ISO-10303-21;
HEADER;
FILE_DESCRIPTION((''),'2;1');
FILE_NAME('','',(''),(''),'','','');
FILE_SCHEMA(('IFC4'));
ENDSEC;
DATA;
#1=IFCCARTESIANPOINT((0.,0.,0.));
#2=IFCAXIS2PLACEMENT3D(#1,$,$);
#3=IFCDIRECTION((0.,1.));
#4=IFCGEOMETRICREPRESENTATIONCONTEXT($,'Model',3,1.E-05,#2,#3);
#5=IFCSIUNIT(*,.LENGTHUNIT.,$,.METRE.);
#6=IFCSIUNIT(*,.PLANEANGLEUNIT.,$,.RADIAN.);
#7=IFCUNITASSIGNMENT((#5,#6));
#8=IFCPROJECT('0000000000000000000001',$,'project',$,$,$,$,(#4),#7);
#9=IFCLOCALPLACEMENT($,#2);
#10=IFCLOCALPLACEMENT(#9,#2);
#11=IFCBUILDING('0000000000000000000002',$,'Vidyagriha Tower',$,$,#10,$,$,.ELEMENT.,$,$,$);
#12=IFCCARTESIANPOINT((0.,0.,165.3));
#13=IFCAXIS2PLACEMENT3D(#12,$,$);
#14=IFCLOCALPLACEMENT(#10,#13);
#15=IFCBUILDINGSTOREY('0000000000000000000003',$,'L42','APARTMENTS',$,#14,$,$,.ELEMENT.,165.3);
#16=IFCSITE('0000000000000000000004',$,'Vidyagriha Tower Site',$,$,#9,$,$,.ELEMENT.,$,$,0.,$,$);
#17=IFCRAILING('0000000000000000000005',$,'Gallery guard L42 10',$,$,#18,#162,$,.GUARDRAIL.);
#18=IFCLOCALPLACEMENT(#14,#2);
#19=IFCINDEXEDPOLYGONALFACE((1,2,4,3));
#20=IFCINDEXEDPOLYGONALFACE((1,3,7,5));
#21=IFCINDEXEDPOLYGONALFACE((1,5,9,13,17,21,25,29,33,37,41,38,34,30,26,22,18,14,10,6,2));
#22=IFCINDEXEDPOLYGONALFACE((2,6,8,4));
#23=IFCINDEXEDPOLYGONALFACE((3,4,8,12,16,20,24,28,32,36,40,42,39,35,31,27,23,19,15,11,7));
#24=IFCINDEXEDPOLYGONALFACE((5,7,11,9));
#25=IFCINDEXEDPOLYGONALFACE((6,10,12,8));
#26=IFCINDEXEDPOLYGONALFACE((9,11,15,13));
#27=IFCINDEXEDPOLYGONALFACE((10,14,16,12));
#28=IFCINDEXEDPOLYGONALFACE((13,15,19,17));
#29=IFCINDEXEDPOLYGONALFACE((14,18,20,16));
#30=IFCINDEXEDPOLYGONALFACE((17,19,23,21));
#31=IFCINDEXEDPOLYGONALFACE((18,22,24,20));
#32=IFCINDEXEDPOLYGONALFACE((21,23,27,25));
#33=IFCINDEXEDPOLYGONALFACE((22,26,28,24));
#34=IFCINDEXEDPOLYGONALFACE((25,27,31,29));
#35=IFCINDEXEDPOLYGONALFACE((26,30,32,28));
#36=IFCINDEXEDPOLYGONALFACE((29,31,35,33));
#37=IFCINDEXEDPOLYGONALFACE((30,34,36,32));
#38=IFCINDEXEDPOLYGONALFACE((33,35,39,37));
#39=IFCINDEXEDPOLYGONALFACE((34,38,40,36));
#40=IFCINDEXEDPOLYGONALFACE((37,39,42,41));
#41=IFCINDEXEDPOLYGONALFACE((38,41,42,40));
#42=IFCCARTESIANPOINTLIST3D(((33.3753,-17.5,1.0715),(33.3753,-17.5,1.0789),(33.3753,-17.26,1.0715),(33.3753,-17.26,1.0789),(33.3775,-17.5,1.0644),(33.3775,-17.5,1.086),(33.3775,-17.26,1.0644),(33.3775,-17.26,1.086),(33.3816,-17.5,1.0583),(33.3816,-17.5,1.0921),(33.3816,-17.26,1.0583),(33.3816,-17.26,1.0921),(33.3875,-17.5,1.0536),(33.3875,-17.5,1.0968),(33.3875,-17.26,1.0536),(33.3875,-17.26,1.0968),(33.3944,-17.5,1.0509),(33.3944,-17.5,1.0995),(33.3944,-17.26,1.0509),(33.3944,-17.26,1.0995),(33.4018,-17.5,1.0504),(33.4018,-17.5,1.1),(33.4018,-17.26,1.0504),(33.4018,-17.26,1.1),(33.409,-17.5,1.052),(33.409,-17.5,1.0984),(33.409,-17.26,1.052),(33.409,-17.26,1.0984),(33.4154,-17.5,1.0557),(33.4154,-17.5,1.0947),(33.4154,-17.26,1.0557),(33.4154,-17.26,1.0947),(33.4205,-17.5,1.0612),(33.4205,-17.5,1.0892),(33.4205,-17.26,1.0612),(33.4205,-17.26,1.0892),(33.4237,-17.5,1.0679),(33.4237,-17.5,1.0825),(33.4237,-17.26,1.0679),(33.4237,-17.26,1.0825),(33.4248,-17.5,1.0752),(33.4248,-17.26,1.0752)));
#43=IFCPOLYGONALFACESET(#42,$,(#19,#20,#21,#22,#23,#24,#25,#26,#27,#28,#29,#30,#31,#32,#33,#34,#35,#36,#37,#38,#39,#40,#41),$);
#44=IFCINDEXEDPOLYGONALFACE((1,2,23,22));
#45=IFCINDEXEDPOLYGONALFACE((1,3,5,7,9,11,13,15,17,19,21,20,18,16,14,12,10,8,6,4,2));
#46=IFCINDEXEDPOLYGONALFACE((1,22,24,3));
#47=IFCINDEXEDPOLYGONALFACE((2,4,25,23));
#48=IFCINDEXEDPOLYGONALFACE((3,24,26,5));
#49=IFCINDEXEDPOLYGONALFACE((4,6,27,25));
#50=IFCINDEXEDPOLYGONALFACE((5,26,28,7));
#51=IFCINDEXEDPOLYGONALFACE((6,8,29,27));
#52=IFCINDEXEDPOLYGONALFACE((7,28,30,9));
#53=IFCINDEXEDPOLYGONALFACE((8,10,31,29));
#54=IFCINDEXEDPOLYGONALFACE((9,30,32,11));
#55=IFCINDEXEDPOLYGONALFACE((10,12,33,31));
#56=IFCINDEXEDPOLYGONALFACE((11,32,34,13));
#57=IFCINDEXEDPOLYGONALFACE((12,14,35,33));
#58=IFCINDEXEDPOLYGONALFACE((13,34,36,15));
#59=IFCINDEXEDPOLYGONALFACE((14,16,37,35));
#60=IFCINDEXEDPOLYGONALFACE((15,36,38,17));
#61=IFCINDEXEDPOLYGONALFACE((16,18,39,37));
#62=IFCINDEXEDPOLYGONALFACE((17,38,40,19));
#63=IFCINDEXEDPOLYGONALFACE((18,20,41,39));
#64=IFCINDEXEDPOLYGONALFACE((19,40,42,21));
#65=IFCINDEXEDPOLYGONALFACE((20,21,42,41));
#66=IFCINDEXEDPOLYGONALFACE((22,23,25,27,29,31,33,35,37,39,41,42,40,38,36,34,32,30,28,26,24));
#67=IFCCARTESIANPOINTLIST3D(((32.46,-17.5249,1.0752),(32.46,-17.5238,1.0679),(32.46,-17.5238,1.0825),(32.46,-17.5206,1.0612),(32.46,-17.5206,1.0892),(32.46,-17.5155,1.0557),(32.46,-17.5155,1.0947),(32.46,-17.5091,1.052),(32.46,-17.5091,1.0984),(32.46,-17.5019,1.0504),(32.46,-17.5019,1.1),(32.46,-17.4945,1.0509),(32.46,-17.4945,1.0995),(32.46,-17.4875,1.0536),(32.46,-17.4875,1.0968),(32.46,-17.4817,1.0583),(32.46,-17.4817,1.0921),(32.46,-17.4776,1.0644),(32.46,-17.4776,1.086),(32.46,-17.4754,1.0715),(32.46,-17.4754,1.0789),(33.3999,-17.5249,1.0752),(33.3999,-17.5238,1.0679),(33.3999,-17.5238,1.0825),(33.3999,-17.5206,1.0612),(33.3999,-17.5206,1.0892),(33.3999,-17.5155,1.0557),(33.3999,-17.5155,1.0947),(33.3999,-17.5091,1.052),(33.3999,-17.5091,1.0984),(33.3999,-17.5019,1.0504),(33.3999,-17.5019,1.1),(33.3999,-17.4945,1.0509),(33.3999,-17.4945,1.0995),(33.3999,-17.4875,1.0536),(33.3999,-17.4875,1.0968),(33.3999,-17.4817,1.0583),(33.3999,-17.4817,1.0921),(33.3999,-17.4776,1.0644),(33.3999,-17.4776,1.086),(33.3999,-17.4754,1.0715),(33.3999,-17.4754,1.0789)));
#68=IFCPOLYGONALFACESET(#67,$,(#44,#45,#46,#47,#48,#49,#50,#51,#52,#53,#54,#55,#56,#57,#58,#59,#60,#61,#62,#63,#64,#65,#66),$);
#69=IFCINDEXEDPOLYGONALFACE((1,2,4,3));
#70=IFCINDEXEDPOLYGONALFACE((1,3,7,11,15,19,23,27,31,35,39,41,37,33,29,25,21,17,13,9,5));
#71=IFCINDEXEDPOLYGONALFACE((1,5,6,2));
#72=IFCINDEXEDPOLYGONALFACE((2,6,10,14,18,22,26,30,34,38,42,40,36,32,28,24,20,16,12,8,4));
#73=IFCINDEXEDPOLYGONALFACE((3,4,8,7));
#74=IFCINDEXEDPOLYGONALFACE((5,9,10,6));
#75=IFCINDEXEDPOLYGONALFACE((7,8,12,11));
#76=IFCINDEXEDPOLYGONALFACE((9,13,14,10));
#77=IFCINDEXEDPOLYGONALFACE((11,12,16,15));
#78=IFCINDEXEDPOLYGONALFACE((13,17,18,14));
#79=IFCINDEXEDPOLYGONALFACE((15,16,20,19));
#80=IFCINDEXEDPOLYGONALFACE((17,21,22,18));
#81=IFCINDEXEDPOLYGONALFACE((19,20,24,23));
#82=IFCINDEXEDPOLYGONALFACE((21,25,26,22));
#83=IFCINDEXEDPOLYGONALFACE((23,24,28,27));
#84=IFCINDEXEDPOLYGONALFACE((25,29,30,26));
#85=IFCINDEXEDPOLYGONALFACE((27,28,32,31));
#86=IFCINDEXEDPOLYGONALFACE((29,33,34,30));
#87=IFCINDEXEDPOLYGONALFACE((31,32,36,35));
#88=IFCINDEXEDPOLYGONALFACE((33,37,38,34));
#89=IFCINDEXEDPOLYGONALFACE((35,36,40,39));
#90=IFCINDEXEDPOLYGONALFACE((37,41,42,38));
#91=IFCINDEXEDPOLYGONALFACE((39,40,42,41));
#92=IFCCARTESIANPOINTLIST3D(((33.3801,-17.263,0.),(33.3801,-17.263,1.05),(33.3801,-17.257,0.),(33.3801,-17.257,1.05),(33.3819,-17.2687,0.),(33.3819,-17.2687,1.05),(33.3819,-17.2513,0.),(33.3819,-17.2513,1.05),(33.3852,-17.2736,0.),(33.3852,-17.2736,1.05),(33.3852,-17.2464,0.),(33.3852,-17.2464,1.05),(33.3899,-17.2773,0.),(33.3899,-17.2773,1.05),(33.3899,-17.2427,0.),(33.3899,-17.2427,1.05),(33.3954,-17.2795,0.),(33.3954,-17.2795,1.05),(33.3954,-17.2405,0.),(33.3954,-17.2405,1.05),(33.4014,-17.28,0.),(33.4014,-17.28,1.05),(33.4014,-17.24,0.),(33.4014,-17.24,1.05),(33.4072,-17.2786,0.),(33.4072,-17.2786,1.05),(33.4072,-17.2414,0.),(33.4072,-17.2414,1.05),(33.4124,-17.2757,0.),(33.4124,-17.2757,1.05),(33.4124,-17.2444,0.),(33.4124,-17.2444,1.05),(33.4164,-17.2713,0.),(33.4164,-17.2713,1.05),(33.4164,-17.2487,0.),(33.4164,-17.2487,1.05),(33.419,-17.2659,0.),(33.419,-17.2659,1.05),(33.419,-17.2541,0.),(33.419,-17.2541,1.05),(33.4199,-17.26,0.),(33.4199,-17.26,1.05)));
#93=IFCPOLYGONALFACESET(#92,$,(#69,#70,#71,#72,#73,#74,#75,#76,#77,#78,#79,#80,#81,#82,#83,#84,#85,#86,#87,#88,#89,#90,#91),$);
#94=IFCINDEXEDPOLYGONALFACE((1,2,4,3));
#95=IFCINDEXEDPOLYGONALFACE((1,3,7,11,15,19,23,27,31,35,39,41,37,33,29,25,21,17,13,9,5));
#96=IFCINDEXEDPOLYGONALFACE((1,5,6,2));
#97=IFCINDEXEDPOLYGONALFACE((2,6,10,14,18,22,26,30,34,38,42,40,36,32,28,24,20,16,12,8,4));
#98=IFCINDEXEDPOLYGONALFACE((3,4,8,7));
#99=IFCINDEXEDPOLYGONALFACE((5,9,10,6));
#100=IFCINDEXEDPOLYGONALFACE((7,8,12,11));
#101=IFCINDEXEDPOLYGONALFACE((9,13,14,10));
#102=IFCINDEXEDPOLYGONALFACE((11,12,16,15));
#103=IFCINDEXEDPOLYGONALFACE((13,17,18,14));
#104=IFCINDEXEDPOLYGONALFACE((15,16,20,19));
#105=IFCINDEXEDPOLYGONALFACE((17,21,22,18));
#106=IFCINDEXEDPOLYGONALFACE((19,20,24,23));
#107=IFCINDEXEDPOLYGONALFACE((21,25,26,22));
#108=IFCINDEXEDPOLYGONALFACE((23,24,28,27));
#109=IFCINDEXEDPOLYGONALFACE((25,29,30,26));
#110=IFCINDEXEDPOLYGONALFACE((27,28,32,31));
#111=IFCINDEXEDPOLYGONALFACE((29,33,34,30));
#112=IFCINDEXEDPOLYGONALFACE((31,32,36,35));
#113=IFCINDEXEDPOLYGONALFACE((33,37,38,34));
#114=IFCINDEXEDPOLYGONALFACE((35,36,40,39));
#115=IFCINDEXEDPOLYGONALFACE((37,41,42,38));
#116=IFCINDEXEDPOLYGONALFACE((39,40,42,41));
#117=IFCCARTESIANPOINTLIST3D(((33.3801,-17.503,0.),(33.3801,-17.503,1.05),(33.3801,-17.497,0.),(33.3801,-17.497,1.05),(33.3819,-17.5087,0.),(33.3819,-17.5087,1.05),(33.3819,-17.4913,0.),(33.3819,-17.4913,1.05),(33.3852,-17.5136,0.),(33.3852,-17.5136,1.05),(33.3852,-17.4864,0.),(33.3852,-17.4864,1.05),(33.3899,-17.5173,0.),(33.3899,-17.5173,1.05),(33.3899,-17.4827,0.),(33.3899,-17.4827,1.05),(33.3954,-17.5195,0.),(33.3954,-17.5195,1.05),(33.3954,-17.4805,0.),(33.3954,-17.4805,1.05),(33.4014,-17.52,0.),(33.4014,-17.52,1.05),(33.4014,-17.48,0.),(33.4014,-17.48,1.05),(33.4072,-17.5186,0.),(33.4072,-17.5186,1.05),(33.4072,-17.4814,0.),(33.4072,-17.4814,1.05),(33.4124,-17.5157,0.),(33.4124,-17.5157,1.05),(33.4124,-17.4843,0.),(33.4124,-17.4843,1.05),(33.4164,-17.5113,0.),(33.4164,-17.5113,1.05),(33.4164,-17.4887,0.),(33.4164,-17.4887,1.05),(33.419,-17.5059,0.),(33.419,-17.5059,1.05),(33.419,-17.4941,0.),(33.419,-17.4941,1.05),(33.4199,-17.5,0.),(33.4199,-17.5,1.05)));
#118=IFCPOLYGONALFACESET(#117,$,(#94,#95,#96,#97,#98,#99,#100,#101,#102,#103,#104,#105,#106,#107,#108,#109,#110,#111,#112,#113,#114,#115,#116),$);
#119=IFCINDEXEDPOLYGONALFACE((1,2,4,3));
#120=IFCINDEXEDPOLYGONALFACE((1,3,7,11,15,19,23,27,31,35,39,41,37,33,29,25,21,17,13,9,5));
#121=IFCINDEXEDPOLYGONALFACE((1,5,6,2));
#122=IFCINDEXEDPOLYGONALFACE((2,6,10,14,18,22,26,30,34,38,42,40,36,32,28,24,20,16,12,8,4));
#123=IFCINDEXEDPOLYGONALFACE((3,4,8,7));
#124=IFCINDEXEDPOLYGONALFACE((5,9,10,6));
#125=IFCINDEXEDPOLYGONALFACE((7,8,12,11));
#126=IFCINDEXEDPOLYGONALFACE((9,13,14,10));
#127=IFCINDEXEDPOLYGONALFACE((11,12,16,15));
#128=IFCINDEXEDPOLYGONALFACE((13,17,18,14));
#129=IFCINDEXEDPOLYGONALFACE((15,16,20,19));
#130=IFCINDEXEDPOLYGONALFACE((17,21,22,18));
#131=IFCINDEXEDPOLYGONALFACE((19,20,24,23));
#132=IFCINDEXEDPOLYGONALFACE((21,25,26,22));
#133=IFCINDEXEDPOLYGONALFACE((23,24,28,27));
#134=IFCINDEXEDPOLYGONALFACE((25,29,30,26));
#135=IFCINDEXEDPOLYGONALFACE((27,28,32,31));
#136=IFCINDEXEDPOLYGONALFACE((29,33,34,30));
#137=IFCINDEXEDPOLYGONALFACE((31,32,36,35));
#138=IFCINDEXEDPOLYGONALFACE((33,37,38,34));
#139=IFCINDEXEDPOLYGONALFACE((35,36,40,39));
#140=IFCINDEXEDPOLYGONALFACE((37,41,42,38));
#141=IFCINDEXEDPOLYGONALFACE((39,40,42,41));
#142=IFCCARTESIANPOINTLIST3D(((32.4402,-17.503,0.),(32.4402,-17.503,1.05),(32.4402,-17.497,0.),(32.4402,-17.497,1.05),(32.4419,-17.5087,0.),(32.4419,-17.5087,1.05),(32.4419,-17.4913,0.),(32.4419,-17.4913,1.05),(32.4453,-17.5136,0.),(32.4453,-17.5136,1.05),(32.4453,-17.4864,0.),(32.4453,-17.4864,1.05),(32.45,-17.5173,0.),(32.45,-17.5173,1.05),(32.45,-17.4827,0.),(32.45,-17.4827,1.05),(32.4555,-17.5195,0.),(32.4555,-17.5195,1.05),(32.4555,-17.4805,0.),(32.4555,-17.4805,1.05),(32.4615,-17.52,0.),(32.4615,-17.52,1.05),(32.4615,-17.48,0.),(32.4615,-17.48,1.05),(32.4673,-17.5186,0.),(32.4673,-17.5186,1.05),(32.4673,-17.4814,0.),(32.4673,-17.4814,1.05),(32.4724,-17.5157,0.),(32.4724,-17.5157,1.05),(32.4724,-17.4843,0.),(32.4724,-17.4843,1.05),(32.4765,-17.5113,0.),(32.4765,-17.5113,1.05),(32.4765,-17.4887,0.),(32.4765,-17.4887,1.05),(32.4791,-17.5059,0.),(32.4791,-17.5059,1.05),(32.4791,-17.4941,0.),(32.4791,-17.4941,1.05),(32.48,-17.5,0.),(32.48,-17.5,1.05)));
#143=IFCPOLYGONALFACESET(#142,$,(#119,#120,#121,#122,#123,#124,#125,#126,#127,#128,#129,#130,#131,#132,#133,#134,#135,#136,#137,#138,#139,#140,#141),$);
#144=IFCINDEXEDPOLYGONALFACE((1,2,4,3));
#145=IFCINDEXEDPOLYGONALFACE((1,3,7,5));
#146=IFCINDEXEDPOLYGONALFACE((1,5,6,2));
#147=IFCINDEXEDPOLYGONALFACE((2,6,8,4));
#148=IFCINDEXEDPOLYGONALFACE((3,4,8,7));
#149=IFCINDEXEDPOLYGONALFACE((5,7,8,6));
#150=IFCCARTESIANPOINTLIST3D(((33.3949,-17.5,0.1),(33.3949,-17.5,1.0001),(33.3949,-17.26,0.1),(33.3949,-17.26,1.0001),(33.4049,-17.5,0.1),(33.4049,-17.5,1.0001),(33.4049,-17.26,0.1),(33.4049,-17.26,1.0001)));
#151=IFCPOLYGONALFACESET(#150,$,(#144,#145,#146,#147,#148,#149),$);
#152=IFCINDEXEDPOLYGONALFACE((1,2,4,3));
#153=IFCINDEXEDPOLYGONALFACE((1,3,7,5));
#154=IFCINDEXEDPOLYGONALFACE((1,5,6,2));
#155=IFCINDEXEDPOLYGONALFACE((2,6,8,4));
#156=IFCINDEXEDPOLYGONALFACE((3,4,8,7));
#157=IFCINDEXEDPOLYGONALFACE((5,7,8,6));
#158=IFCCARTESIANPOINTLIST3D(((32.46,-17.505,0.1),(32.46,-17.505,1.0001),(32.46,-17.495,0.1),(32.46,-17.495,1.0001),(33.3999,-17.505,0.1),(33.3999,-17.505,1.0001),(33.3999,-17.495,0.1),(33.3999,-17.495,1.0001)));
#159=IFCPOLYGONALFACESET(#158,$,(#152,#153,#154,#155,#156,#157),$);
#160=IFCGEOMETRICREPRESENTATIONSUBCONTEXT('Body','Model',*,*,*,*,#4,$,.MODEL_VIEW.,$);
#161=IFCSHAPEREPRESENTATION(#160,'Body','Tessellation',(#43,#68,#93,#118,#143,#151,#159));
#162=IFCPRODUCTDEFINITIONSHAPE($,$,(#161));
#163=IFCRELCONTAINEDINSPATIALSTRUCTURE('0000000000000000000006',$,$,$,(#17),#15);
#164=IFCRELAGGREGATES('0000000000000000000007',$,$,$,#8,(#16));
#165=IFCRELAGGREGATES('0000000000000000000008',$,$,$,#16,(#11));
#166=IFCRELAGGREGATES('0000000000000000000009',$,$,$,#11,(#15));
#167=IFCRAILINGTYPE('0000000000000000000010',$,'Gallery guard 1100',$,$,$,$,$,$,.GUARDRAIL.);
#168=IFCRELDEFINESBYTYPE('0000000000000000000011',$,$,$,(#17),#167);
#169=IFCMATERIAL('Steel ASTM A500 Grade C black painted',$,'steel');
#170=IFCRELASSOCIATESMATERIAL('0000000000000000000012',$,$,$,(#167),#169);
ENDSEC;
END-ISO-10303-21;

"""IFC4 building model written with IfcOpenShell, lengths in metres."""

from ifc_helpers import new_model, si_unit, direction, frame, origin, origin_2d, place, context, subcontext, project, spatial, rectangle, circle, extrude, material, type_object, element, save


model = new_model("IFC4")

# Units and contexts
model_context = context("Model", 3, precision=1e-05, world=origin(), true_north=direction((0.0, 1.0)))
body_context = subcontext(model_context, "Body", "Model", "MODEL_VIEW")
ifc_project = project(units=[si_unit("LENGTHUNIT", "METRE"), si_unit("PLANEANGLEUNIT", "RADIAN")], contexts=[model_context])

# Site, building, storey
site_placement = place(None, origin())
site = spatial("IfcSite", under=ifc_project, at=site_placement, Name="Vidyagriha Tower Site", CompositionType="ELEMENT", RefElevation=0.0)
building_placement = place(site_placement, origin())
building = spatial("IfcBuilding", under=site, at=building_placement, Name="Vidyagriha Tower", CompositionType="ELEMENT")
storey_placement = place(building_placement, frame((0.0, 0.0, 165.3)))
storey = spatial("IfcBuildingStorey", under=building, at=storey_placement, Name="L42", Description="APARTMENTS", CompositionType="ELEMENT", Elevation=165.3)

# Railing
ifc_material_1 = material(Name="Steel ASTM A500 Grade C black painted", Category="steel")
railing_type = type_object("IfcRailingType", Name="Gallery guard 1100", PredefinedType="GUARDRAIL", material=ifc_material_1)
railing_1_placement = place(storey_placement, frame((33.3999, -17.26, 0.0)))
element("IfcRailing", 1, at=railing_1_placement, inside=storey, type_object=railing_type, Name="Gallery guard L42 10", PredefinedType="GUARDRAIL", context=body_context, shape_type="SweptSolid", body=[
    extrude(circle(Radius=0.0249, at=origin_2d()), frame((0.0, 0.0, 1.0752), z_axis=(0.0, -1.0, 0.0), x_axis=(1.0, 0.0, 0.0)), (0.0, 0.0, 1.0), 0.24),
    extrude(circle(Radius=0.0249, at=origin_2d()), frame((0.0, -0.24, 1.0752), z_axis=(-1.0, 0.0, 0.0), x_axis=(0.0, -1.0, 0.0)), (0.0, 0.0, 1.0), 0.9399),
    extrude(circle(Radius=0.02, at=origin_2d()), origin(), (0.0, 0.0, 1.0), 1.05),
    extrude(circle(Radius=0.02, at=origin_2d()), frame((0.0, -0.24, 0.0)), (0.0, 0.0, 1.0), 1.05),
    extrude(circle(Radius=0.02, at=origin_2d()), frame((-0.9399, -0.24, 0.0)), (0.0, 0.0, 1.0), 1.05),
    extrude(rectangle(XDim=0.01, YDim=0.9001, at=origin_2d()), frame((0.0, 0.0, 0.55), z_axis=(0.0, -1.0, 0.0), x_axis=(1.0, 0.0, 0.0)), (0.0, 0.0, 1.0), 0.24),
    extrude(rectangle(XDim=0.01, YDim=0.9001, at=origin_2d()), frame((0.0, -0.24, 0.55), z_axis=(-1.0, 0.0, 0.0), x_axis=(0.0, -1.0, 0.0)), (0.0, 0.0, 1.0), 0.9399),
])

save(model, "model.ifc")
